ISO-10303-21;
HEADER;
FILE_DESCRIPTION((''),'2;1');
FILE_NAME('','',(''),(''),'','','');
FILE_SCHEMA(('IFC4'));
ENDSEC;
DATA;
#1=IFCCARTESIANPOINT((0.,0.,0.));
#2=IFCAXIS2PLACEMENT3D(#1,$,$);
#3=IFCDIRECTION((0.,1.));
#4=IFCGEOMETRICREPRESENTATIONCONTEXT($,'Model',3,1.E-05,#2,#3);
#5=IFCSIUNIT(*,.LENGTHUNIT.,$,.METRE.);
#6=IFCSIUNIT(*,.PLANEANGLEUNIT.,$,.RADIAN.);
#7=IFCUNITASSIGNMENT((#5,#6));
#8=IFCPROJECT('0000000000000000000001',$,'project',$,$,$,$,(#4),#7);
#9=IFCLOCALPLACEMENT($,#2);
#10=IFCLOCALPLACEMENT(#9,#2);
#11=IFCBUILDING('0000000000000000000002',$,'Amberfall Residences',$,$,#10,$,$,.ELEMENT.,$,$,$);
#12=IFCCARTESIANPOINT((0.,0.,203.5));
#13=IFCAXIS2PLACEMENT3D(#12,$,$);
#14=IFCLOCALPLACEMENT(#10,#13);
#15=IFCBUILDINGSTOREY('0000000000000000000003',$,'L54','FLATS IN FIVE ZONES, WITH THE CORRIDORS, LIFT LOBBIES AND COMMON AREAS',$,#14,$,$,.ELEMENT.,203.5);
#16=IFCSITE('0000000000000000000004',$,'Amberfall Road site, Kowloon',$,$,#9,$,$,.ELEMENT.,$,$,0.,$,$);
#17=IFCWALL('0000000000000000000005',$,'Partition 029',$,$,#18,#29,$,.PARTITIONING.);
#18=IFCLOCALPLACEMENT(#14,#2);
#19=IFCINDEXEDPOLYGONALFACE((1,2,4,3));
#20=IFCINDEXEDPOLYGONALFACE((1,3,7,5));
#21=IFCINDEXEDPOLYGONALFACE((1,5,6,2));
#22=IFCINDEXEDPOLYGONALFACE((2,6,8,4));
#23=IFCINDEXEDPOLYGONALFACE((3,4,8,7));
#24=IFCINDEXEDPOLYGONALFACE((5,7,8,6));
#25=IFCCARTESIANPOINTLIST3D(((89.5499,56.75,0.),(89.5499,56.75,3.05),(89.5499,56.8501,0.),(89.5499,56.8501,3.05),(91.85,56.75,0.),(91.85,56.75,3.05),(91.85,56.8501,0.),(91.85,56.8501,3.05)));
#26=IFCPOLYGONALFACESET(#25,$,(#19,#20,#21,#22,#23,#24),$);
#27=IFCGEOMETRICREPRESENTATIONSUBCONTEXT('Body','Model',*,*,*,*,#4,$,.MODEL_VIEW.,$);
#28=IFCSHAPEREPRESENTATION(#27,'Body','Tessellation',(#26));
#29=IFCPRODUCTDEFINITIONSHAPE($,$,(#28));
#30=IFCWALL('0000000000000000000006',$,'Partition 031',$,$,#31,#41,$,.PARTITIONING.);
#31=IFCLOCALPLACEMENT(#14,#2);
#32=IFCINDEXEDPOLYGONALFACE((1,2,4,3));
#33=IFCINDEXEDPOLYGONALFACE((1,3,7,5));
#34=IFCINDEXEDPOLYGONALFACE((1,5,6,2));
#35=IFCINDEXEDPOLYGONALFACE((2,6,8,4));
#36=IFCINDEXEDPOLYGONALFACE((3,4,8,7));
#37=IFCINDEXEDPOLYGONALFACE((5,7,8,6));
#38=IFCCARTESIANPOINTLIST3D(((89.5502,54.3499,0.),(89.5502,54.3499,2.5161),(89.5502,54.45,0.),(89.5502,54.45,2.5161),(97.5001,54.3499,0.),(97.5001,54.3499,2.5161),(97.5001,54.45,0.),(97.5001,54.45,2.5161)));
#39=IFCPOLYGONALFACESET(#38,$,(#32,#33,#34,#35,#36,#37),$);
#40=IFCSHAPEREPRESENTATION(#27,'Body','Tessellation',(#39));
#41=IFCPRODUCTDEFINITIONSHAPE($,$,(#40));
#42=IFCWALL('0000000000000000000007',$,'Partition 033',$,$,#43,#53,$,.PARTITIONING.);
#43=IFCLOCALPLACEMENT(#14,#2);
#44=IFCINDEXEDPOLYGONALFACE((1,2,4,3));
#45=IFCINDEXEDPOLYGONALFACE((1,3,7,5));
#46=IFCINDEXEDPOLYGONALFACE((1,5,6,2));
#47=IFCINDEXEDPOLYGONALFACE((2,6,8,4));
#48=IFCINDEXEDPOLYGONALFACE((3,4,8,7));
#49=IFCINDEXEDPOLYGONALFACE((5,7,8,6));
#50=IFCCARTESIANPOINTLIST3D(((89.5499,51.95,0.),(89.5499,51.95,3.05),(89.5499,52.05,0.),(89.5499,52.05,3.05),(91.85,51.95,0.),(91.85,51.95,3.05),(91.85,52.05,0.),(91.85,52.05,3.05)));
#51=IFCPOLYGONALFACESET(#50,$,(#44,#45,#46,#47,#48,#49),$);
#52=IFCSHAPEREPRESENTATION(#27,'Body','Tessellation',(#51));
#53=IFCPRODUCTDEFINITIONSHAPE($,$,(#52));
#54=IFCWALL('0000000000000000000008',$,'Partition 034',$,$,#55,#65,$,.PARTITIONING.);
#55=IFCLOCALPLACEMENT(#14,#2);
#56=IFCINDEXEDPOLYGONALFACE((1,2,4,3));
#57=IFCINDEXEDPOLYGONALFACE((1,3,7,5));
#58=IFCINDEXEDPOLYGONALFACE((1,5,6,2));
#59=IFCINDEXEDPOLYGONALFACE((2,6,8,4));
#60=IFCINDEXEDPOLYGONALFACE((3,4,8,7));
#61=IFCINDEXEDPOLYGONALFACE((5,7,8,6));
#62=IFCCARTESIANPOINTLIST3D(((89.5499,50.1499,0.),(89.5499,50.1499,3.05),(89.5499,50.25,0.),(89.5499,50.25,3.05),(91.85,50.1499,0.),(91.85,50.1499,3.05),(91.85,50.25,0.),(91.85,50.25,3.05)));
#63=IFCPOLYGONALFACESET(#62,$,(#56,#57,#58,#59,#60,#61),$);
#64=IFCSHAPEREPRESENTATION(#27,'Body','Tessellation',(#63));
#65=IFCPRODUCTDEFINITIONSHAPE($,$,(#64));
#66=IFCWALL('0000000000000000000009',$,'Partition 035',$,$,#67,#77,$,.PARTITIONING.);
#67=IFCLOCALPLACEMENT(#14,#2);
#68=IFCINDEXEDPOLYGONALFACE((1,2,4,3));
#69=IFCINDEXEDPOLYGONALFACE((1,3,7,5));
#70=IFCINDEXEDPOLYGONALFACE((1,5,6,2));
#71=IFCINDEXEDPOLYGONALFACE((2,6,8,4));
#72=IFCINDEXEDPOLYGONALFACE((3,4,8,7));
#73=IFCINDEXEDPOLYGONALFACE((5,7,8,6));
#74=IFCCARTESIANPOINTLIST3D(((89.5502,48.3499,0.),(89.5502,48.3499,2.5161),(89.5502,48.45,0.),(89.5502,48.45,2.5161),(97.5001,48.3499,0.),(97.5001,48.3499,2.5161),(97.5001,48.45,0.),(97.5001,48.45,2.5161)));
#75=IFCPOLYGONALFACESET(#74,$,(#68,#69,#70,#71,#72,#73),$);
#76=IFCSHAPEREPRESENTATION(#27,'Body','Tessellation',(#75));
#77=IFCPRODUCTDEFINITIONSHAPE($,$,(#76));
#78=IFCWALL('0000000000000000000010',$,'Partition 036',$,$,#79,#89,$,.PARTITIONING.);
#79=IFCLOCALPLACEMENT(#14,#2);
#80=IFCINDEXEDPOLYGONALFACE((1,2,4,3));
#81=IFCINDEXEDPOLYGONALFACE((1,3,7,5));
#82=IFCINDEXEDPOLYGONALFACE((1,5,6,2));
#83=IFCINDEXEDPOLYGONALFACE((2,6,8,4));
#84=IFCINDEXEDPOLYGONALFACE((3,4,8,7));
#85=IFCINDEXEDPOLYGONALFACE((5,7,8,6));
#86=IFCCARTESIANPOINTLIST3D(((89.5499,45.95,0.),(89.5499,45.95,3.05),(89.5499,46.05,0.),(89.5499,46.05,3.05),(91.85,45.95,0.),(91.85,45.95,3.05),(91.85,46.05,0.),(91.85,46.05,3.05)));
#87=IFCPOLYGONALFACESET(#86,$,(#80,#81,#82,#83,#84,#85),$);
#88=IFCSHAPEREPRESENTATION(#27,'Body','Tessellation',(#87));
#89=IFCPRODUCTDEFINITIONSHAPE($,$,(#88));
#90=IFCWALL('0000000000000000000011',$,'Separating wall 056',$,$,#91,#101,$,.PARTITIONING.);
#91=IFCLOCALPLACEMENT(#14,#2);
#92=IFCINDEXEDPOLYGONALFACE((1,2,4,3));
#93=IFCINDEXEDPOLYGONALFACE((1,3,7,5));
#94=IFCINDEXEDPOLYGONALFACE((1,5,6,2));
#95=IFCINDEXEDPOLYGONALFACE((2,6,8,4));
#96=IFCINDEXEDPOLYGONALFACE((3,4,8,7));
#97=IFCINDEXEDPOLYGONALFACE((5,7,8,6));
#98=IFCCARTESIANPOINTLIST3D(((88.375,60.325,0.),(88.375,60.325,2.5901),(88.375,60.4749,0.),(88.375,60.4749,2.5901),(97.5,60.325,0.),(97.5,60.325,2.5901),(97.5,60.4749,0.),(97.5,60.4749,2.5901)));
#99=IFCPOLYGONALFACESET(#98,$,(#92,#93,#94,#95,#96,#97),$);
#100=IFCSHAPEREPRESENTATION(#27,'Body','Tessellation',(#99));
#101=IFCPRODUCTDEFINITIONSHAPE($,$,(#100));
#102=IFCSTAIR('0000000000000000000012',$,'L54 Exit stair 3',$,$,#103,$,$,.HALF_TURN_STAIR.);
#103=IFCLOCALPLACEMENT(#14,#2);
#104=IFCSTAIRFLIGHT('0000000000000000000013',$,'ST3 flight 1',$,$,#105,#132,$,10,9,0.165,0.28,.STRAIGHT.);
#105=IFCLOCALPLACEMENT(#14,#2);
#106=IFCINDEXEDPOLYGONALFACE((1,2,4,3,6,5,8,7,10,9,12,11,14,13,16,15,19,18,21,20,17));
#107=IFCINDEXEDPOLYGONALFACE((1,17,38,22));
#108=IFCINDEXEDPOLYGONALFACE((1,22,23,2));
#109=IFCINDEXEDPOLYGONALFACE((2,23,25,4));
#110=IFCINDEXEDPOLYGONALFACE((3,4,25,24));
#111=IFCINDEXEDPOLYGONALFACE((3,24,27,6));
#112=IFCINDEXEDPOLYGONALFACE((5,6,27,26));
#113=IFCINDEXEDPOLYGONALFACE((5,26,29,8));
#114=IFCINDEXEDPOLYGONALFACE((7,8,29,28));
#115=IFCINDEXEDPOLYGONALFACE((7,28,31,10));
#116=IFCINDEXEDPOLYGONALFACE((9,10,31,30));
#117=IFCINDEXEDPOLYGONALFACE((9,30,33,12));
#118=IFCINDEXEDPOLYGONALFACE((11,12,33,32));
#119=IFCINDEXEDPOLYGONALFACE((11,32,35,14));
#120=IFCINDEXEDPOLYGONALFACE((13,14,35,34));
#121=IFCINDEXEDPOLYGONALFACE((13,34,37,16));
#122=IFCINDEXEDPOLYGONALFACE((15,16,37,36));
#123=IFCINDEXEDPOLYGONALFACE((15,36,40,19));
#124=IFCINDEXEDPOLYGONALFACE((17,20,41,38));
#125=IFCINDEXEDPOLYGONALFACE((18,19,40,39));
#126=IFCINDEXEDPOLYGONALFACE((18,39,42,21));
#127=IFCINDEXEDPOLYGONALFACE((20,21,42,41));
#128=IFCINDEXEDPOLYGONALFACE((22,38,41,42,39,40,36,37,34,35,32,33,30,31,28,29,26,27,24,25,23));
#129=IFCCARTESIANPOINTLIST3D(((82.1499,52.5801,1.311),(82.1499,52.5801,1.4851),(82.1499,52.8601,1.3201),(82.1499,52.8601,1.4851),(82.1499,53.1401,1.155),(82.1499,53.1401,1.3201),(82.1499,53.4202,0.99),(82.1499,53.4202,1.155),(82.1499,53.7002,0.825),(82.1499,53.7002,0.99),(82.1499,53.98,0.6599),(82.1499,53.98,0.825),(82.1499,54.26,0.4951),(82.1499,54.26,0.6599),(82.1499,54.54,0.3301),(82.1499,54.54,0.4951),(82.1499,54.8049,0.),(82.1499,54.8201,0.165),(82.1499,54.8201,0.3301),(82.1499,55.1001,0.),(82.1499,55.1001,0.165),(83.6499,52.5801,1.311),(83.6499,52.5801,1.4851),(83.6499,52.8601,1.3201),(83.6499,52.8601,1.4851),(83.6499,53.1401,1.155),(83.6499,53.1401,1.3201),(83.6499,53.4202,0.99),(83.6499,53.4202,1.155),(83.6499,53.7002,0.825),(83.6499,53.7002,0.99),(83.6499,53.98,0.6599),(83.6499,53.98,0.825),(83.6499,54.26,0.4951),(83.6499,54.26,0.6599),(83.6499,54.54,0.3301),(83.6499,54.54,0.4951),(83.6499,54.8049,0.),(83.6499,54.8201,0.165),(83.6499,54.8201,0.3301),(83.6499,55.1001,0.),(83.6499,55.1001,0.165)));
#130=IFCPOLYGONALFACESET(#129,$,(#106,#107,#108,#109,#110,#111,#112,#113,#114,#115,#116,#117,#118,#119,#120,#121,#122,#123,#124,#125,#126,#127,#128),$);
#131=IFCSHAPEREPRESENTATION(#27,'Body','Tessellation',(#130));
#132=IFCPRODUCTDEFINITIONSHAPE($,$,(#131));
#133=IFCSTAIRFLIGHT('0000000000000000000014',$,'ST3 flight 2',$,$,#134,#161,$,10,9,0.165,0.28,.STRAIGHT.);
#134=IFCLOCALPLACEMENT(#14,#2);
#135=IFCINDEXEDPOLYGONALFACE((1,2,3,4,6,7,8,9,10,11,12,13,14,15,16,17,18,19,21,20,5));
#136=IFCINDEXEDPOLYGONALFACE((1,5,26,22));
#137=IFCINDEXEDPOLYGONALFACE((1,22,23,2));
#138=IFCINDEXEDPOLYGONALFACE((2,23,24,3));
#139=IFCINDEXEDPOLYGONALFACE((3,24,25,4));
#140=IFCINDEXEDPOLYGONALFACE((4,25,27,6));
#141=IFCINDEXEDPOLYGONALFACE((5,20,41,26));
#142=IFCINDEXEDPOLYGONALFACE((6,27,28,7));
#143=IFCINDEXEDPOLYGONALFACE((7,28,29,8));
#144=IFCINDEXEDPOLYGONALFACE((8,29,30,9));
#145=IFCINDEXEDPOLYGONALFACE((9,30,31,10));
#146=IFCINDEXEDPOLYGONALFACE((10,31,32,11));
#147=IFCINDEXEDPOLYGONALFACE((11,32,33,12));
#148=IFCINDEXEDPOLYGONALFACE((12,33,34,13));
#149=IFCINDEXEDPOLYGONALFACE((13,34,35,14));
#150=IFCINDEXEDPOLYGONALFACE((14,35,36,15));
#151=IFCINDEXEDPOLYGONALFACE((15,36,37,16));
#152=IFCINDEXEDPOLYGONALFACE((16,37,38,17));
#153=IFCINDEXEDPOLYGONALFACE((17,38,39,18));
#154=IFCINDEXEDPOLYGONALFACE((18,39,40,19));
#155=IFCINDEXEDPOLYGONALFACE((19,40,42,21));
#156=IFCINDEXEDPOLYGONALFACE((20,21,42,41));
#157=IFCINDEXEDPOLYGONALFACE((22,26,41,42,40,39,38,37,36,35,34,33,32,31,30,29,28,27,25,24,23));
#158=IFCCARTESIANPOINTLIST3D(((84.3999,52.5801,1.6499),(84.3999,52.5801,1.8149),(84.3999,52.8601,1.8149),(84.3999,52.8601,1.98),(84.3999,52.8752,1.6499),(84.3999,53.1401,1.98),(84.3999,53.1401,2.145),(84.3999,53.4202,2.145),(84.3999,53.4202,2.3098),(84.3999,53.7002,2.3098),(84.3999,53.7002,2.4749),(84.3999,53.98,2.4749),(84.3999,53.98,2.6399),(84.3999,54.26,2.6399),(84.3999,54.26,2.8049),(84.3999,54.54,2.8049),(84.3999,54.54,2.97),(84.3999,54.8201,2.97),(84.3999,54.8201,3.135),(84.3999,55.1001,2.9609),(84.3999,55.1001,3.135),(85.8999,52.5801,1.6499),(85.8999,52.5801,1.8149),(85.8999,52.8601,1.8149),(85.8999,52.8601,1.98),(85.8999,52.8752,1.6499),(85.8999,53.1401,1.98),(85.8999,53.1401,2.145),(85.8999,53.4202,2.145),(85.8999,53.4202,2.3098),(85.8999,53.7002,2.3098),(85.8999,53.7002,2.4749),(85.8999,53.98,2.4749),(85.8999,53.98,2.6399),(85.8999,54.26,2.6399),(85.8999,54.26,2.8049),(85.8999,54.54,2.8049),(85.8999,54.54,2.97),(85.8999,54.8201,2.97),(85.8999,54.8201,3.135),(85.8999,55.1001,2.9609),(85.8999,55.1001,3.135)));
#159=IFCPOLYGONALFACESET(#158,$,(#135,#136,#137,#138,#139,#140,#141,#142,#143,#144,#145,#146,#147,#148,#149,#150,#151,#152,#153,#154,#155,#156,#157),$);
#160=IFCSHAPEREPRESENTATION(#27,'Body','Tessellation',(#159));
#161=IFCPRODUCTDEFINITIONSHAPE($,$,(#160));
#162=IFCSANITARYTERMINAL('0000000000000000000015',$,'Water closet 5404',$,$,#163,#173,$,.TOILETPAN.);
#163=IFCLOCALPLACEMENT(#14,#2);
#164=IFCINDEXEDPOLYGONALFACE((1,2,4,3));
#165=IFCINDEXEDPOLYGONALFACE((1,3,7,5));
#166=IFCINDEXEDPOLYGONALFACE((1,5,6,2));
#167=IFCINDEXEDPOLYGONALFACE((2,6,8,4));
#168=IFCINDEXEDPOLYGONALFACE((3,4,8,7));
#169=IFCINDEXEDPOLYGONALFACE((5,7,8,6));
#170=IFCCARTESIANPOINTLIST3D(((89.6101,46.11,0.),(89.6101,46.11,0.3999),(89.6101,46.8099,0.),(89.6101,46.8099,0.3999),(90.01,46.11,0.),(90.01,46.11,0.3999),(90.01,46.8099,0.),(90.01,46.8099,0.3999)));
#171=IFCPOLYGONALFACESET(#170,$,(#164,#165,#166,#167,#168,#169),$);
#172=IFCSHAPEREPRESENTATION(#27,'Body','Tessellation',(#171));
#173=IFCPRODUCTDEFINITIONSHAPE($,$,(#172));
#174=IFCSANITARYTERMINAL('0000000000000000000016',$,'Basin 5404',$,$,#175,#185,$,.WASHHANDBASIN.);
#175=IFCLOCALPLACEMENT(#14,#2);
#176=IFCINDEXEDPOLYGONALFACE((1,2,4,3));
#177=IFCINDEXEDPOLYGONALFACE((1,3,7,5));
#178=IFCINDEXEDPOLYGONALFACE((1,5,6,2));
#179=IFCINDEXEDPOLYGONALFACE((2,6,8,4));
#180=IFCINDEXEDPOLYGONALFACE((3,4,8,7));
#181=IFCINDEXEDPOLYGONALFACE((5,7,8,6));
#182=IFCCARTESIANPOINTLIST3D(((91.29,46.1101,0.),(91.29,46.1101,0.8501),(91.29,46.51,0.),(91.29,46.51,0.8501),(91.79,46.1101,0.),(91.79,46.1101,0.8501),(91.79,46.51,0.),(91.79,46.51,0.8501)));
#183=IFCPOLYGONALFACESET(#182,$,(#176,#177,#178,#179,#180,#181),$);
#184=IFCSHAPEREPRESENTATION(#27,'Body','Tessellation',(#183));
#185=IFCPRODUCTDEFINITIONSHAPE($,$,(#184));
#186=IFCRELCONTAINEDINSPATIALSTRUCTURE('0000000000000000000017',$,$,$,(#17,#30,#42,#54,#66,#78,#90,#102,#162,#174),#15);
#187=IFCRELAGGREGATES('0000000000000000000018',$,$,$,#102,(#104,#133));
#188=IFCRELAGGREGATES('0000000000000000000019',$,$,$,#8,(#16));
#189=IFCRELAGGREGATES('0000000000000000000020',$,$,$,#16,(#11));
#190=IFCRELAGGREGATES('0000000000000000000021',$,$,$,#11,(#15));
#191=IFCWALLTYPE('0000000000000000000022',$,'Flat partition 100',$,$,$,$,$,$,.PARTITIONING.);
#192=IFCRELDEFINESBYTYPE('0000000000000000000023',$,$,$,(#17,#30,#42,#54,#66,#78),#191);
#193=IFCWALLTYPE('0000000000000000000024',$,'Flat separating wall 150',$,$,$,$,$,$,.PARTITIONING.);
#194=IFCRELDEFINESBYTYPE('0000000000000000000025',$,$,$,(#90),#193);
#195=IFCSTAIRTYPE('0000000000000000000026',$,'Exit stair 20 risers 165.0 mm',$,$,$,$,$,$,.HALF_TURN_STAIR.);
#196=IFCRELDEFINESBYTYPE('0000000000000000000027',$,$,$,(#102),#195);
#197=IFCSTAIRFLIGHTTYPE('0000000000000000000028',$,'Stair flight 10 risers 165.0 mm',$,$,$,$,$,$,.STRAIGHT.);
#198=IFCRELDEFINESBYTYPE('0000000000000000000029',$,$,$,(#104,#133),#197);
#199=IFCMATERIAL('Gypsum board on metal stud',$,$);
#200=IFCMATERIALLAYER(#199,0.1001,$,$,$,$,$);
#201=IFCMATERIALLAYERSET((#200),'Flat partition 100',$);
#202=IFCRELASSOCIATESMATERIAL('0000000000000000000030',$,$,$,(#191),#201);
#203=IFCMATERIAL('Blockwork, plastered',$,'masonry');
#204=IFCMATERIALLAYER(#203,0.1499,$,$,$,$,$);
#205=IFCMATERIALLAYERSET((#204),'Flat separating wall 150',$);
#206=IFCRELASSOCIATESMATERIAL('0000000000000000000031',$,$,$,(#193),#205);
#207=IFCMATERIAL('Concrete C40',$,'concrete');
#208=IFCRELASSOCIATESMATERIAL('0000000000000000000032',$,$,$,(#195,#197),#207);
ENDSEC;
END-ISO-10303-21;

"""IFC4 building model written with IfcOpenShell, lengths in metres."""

from ifc_helpers import new_model, si_unit, direction, frame, frame_2d, origin, origin_2d, place, context, subcontext, project, spatial, polyline, rectangle, outline, extrude, material, layer, layer_set, type_object, element, aggregate, save


model = new_model("IFC4")

# Units and contexts
model_context = context("Model", 3, precision=1e-05, world=origin(), true_north=direction((0.0, 1.0)))
body_context = subcontext(model_context, "Body", "Model", "MODEL_VIEW")
ifc_project = project(units=[si_unit("LENGTHUNIT", "METRE"), si_unit("PLANEANGLEUNIT", "RADIAN")], contexts=[model_context])

# Site, building, storey
site_placement = place(None, origin())
site = spatial("IfcSite", under=ifc_project, at=site_placement, Name="Amberfall Road site, Kowloon", CompositionType="ELEMENT", RefElevation=0.0)
building_placement = place(site_placement, origin())
building = spatial("IfcBuilding", under=site, at=building_placement, Name="Amberfall Residences", CompositionType="ELEMENT")
storey_placement = place(building_placement, frame((0.0, 0.0, 203.5)))
storey = spatial("IfcBuildingStorey", under=building, at=storey_placement, Name="L54", Description="FLATS IN FIVE ZONES, WITH THE CORRIDORS, LIFT LOBBIES AND COMMON AREAS", CompositionType="ELEMENT", Elevation=203.5)

# Shared definitions
ifc_material_1 = material(Name="Gypsum board on metal stud")
ifc_layer_1 = layer(ifc_material_1, 0.1001)
ifc_layer_set_1 = layer_set([ifc_layer_1], Name="Flat partition 100")
wall_type_1 = type_object("IfcWallType", Name="Flat partition 100", PredefinedType="PARTITIONING", material=ifc_layer_set_1)

# Walls
wall_1_placement = place(storey_placement, frame((89.55, 56.8, 0.0), z_axis=(0.0, 0.0, 1.0), x_axis=(1.0, 0.0, 0.0)))
element("IfcWall", 1, at=wall_1_placement, inside=storey, type_object=wall_type_1, Name="Partition 029", PredefinedType="PARTITIONING", context=body_context, shape_type="SweptSolid", body=[
    extrude(rectangle(XDim=2.3, YDim=0.1001, at=frame_2d((1.1499, 0.0))), origin(), (0.0, 0.0, 1.0), 3.05),
])
wall_2_placement = place(storey_placement, frame((89.55, 54.3999, 0.0), z_axis=(0.0, 0.0, 1.0), x_axis=(1.0, 0.0, 0.0)))
element("IfcWall", 2, at=wall_2_placement, inside=storey, type_object=wall_type_1, Name="Partition 031", PredefinedType="PARTITIONING", context=body_context, shape_type="SweptSolid", body=[
    extrude(rectangle(XDim=7.95, YDim=0.1001, at=frame_2d((3.9751, 0.0))), origin(), (0.0, 0.0, 1.0), 2.5161),
])
for number, where, z_axis, x_axis, name in (
    (3, (89.55, 52.0, 0.0), (0.0, 0.0, 1.0), (1.0, 0.0, 0.0), "Partition 033"),
    (4, (89.55, 50.2, 0.0), (0.0, 0.0, 1.0), (1.0, 0.0, 0.0), "Partition 034"),
):
    element("IfcWall", number, at=place(storey_placement, frame(where, z_axis=z_axis, x_axis=x_axis)), inside=storey, type_object=wall_type_1, Name=name, PredefinedType="PARTITIONING", context=body_context, shape_type="SweptSolid", body=[
        extrude(rectangle(XDim=2.3, YDim=0.1001, at=frame_2d((1.1499, 0.0))), origin(), (0.0, 0.0, 1.0), 3.05),
    ])
wall_3_placement = place(storey_placement, frame((89.55, 48.3999, 0.0), z_axis=(0.0, 0.0, 1.0), x_axis=(1.0, 0.0, 0.0)))
element("IfcWall", 5, at=wall_3_placement, inside=storey, type_object=wall_type_1, Name="Partition 035", PredefinedType="PARTITIONING", context=body_context, shape_type="SweptSolid", body=[
    extrude(rectangle(XDim=7.95, YDim=0.1001, at=frame_2d((3.9751, 0.0))), origin(), (0.0, 0.0, 1.0), 2.5161),
])
wall_4_placement = place(storey_placement, frame((89.55, 46.0, 0.0), z_axis=(0.0, 0.0, 1.0), x_axis=(1.0, 0.0, 0.0)))
element("IfcWall", 6, at=wall_4_placement, inside=storey, type_object=wall_type_1, Name="Partition 036", PredefinedType="PARTITIONING", context=body_context, shape_type="SweptSolid", body=[
    extrude(rectangle(XDim=2.3, YDim=0.1001, at=frame_2d((1.1499, 0.0))), origin(), (0.0, 0.0, 1.0), 3.05),
])
ifc_material_2 = material(Name="Blockwork, plastered", Category="masonry")
ifc_layer_2 = layer(ifc_material_2, 0.1499)
ifc_layer_set_2 = layer_set([ifc_layer_2], Name="Flat separating wall 150")
wall_type_2 = type_object("IfcWallType", Name="Flat separating wall 150", PredefinedType="PARTITIONING", material=ifc_layer_set_2)
wall_5_placement = place(storey_placement, frame((88.375, 60.3999, 0.0), z_axis=(0.0, 0.0, 1.0), x_axis=(1.0, 0.0, 0.0)))
element("IfcWall", 7, at=wall_5_placement, inside=storey, type_object=wall_type_2, Name="Separating wall 056", PredefinedType="PARTITIONING", context=body_context, shape_type="SweptSolid", body=[
    extrude(rectangle(XDim=9.125, YDim=0.1499, at=frame_2d((4.5625, 0.0))), origin(), (0.0, 0.0, 1.0), 2.5901),
])

# Stair, stair flights
ifc_material_3 = material(Name="Concrete C40", Category="concrete")
stair_type = type_object("IfcStairType", Name="Exit stair 20 risers 165.0 mm", PredefinedType="HALF_TURN_STAIR", material=ifc_material_3)
stair_placement = place(storey_placement, origin())
stair = element("IfcStair", 8, at=stair_placement, inside=storey, type_object=stair_type, Name="L54 Exit stair 3", PredefinedType="HALF_TURN_STAIR")
stair_flight_type = type_object("IfcStairFlightType", Name="Stair flight 10 risers 165.0 mm", PredefinedType="STRAIGHT", material=ifc_material_3)
stair_flight_1_placement = place(storey_placement, frame((82.8999, 55.1001, 0.0), z_axis=(0.0, 0.0, 1.0), x_axis=(0.0, -1.0, 0.0)))
stair_flight_1 = element("IfcStairFlight", 9, at=stair_flight_1_placement, type_object=stair_flight_type, Name="ST3 flight 1", NumberOfRisers=10, NumberOfTreads=9, PredefinedType="STRAIGHT", RiserHeight=0.165, TreadLength=0.28, context=body_context, shape_type="SweptSolid", body=[
    extrude(outline(polyline([(0.0, 0.0), (0.0, 0.165), (0.28, 0.165), (0.28, 0.3301), (0.5601, 0.3301), (0.5601, 0.4951), (0.8401, 0.4951), (0.8401, 0.6599), (1.1201, 0.6599), (1.1201, 0.825), (1.3999, 0.825), (1.3999, 0.99), (1.6799, 0.99), (1.6799, 1.155), (1.96, 1.155), (1.96, 1.3201), (2.24, 1.3201), (2.24, 1.4851), (2.52, 1.4851), (2.52, 1.6499), (2.52, 1.311), (0.2952, 0.0), (0.0, 0.0)])), frame((0.0, 0.75, 0.0), z_axis=(0.0, -1.0, 0.0), x_axis=(1.0, 0.0, 0.0)), (0.0, 0.0, 1.0), 1.5),
])
stair_flight_2_placement = place(storey_placement, frame((85.1499, 52.5801, 1.6499), z_axis=(0.0, 0.0, 1.0), x_axis=(0.0, 1.0, 0.0)))
stair_flight_2 = element("IfcStairFlight", 10, at=stair_flight_2_placement, type_object=stair_flight_type, Name="ST3 flight 2", NumberOfRisers=10, NumberOfTreads=9, PredefinedType="STRAIGHT", RiserHeight=0.165, TreadLength=0.28, context=body_context, shape_type="SweptSolid", body=[
    extrude(outline(polyline([(0.0, 0.0), (0.0, 0.165), (0.28, 0.165), (0.28, 0.3301), (0.5601, 0.3301), (0.5601, 0.4951), (0.8401, 0.4951), (0.8401, 0.6599), (1.1201, 0.6599), (1.1201, 0.825), (1.3999, 0.825), (1.3999, 0.99), (1.6799, 0.99), (1.6799, 1.155), (1.96, 1.155), (1.96, 1.3201), (2.24, 1.3201), (2.24, 1.4851), (2.52, 1.4851), (2.52, 1.6499), (2.52, 1.311), (0.2952, 0.0), (0.0, 0.0)])), frame((0.0, 0.75, 0.0), z_axis=(0.0, -1.0, 0.0), x_axis=(1.0, 0.0, 0.0)), (0.0, 0.0, 1.0), 1.5),
])
aggregate(stair, [stair_flight_1, stair_flight_2])

# Sanitary terminals
sanitary_terminal_1_placement = place(storey_placement, frame((89.8101, 46.46, 0.0), z_axis=(0.0, 0.0, 1.0), x_axis=(1.0, 0.0, 0.0)))
element("IfcSanitaryTerminal", 11, at=sanitary_terminal_1_placement, inside=storey, Name="Water closet 5404", PredefinedType="TOILETPAN", context=body_context, shape_type="SweptSolid", body=[
    extrude(rectangle(XDim=0.3999, YDim=0.7, at=origin_2d()), origin(), (0.0, 0.0, 1.0), 0.3999),
])
sanitary_terminal_2_placement = place(storey_placement, frame((91.54, 46.3101, 0.0), z_axis=(0.0, 0.0, 1.0), x_axis=(1.0, 0.0, 0.0)))
element("IfcSanitaryTerminal", 12, at=sanitary_terminal_2_placement, inside=storey, Name="Basin 5404", PredefinedType="WASHHANDBASIN", context=body_context, shape_type="SweptSolid", body=[
    extrude(rectangle(XDim=0.5, YDim=0.3999, at=origin_2d()), origin(), (0.0, 0.0, 1.0), 0.8501),
])

save(model, "model.ifc")
